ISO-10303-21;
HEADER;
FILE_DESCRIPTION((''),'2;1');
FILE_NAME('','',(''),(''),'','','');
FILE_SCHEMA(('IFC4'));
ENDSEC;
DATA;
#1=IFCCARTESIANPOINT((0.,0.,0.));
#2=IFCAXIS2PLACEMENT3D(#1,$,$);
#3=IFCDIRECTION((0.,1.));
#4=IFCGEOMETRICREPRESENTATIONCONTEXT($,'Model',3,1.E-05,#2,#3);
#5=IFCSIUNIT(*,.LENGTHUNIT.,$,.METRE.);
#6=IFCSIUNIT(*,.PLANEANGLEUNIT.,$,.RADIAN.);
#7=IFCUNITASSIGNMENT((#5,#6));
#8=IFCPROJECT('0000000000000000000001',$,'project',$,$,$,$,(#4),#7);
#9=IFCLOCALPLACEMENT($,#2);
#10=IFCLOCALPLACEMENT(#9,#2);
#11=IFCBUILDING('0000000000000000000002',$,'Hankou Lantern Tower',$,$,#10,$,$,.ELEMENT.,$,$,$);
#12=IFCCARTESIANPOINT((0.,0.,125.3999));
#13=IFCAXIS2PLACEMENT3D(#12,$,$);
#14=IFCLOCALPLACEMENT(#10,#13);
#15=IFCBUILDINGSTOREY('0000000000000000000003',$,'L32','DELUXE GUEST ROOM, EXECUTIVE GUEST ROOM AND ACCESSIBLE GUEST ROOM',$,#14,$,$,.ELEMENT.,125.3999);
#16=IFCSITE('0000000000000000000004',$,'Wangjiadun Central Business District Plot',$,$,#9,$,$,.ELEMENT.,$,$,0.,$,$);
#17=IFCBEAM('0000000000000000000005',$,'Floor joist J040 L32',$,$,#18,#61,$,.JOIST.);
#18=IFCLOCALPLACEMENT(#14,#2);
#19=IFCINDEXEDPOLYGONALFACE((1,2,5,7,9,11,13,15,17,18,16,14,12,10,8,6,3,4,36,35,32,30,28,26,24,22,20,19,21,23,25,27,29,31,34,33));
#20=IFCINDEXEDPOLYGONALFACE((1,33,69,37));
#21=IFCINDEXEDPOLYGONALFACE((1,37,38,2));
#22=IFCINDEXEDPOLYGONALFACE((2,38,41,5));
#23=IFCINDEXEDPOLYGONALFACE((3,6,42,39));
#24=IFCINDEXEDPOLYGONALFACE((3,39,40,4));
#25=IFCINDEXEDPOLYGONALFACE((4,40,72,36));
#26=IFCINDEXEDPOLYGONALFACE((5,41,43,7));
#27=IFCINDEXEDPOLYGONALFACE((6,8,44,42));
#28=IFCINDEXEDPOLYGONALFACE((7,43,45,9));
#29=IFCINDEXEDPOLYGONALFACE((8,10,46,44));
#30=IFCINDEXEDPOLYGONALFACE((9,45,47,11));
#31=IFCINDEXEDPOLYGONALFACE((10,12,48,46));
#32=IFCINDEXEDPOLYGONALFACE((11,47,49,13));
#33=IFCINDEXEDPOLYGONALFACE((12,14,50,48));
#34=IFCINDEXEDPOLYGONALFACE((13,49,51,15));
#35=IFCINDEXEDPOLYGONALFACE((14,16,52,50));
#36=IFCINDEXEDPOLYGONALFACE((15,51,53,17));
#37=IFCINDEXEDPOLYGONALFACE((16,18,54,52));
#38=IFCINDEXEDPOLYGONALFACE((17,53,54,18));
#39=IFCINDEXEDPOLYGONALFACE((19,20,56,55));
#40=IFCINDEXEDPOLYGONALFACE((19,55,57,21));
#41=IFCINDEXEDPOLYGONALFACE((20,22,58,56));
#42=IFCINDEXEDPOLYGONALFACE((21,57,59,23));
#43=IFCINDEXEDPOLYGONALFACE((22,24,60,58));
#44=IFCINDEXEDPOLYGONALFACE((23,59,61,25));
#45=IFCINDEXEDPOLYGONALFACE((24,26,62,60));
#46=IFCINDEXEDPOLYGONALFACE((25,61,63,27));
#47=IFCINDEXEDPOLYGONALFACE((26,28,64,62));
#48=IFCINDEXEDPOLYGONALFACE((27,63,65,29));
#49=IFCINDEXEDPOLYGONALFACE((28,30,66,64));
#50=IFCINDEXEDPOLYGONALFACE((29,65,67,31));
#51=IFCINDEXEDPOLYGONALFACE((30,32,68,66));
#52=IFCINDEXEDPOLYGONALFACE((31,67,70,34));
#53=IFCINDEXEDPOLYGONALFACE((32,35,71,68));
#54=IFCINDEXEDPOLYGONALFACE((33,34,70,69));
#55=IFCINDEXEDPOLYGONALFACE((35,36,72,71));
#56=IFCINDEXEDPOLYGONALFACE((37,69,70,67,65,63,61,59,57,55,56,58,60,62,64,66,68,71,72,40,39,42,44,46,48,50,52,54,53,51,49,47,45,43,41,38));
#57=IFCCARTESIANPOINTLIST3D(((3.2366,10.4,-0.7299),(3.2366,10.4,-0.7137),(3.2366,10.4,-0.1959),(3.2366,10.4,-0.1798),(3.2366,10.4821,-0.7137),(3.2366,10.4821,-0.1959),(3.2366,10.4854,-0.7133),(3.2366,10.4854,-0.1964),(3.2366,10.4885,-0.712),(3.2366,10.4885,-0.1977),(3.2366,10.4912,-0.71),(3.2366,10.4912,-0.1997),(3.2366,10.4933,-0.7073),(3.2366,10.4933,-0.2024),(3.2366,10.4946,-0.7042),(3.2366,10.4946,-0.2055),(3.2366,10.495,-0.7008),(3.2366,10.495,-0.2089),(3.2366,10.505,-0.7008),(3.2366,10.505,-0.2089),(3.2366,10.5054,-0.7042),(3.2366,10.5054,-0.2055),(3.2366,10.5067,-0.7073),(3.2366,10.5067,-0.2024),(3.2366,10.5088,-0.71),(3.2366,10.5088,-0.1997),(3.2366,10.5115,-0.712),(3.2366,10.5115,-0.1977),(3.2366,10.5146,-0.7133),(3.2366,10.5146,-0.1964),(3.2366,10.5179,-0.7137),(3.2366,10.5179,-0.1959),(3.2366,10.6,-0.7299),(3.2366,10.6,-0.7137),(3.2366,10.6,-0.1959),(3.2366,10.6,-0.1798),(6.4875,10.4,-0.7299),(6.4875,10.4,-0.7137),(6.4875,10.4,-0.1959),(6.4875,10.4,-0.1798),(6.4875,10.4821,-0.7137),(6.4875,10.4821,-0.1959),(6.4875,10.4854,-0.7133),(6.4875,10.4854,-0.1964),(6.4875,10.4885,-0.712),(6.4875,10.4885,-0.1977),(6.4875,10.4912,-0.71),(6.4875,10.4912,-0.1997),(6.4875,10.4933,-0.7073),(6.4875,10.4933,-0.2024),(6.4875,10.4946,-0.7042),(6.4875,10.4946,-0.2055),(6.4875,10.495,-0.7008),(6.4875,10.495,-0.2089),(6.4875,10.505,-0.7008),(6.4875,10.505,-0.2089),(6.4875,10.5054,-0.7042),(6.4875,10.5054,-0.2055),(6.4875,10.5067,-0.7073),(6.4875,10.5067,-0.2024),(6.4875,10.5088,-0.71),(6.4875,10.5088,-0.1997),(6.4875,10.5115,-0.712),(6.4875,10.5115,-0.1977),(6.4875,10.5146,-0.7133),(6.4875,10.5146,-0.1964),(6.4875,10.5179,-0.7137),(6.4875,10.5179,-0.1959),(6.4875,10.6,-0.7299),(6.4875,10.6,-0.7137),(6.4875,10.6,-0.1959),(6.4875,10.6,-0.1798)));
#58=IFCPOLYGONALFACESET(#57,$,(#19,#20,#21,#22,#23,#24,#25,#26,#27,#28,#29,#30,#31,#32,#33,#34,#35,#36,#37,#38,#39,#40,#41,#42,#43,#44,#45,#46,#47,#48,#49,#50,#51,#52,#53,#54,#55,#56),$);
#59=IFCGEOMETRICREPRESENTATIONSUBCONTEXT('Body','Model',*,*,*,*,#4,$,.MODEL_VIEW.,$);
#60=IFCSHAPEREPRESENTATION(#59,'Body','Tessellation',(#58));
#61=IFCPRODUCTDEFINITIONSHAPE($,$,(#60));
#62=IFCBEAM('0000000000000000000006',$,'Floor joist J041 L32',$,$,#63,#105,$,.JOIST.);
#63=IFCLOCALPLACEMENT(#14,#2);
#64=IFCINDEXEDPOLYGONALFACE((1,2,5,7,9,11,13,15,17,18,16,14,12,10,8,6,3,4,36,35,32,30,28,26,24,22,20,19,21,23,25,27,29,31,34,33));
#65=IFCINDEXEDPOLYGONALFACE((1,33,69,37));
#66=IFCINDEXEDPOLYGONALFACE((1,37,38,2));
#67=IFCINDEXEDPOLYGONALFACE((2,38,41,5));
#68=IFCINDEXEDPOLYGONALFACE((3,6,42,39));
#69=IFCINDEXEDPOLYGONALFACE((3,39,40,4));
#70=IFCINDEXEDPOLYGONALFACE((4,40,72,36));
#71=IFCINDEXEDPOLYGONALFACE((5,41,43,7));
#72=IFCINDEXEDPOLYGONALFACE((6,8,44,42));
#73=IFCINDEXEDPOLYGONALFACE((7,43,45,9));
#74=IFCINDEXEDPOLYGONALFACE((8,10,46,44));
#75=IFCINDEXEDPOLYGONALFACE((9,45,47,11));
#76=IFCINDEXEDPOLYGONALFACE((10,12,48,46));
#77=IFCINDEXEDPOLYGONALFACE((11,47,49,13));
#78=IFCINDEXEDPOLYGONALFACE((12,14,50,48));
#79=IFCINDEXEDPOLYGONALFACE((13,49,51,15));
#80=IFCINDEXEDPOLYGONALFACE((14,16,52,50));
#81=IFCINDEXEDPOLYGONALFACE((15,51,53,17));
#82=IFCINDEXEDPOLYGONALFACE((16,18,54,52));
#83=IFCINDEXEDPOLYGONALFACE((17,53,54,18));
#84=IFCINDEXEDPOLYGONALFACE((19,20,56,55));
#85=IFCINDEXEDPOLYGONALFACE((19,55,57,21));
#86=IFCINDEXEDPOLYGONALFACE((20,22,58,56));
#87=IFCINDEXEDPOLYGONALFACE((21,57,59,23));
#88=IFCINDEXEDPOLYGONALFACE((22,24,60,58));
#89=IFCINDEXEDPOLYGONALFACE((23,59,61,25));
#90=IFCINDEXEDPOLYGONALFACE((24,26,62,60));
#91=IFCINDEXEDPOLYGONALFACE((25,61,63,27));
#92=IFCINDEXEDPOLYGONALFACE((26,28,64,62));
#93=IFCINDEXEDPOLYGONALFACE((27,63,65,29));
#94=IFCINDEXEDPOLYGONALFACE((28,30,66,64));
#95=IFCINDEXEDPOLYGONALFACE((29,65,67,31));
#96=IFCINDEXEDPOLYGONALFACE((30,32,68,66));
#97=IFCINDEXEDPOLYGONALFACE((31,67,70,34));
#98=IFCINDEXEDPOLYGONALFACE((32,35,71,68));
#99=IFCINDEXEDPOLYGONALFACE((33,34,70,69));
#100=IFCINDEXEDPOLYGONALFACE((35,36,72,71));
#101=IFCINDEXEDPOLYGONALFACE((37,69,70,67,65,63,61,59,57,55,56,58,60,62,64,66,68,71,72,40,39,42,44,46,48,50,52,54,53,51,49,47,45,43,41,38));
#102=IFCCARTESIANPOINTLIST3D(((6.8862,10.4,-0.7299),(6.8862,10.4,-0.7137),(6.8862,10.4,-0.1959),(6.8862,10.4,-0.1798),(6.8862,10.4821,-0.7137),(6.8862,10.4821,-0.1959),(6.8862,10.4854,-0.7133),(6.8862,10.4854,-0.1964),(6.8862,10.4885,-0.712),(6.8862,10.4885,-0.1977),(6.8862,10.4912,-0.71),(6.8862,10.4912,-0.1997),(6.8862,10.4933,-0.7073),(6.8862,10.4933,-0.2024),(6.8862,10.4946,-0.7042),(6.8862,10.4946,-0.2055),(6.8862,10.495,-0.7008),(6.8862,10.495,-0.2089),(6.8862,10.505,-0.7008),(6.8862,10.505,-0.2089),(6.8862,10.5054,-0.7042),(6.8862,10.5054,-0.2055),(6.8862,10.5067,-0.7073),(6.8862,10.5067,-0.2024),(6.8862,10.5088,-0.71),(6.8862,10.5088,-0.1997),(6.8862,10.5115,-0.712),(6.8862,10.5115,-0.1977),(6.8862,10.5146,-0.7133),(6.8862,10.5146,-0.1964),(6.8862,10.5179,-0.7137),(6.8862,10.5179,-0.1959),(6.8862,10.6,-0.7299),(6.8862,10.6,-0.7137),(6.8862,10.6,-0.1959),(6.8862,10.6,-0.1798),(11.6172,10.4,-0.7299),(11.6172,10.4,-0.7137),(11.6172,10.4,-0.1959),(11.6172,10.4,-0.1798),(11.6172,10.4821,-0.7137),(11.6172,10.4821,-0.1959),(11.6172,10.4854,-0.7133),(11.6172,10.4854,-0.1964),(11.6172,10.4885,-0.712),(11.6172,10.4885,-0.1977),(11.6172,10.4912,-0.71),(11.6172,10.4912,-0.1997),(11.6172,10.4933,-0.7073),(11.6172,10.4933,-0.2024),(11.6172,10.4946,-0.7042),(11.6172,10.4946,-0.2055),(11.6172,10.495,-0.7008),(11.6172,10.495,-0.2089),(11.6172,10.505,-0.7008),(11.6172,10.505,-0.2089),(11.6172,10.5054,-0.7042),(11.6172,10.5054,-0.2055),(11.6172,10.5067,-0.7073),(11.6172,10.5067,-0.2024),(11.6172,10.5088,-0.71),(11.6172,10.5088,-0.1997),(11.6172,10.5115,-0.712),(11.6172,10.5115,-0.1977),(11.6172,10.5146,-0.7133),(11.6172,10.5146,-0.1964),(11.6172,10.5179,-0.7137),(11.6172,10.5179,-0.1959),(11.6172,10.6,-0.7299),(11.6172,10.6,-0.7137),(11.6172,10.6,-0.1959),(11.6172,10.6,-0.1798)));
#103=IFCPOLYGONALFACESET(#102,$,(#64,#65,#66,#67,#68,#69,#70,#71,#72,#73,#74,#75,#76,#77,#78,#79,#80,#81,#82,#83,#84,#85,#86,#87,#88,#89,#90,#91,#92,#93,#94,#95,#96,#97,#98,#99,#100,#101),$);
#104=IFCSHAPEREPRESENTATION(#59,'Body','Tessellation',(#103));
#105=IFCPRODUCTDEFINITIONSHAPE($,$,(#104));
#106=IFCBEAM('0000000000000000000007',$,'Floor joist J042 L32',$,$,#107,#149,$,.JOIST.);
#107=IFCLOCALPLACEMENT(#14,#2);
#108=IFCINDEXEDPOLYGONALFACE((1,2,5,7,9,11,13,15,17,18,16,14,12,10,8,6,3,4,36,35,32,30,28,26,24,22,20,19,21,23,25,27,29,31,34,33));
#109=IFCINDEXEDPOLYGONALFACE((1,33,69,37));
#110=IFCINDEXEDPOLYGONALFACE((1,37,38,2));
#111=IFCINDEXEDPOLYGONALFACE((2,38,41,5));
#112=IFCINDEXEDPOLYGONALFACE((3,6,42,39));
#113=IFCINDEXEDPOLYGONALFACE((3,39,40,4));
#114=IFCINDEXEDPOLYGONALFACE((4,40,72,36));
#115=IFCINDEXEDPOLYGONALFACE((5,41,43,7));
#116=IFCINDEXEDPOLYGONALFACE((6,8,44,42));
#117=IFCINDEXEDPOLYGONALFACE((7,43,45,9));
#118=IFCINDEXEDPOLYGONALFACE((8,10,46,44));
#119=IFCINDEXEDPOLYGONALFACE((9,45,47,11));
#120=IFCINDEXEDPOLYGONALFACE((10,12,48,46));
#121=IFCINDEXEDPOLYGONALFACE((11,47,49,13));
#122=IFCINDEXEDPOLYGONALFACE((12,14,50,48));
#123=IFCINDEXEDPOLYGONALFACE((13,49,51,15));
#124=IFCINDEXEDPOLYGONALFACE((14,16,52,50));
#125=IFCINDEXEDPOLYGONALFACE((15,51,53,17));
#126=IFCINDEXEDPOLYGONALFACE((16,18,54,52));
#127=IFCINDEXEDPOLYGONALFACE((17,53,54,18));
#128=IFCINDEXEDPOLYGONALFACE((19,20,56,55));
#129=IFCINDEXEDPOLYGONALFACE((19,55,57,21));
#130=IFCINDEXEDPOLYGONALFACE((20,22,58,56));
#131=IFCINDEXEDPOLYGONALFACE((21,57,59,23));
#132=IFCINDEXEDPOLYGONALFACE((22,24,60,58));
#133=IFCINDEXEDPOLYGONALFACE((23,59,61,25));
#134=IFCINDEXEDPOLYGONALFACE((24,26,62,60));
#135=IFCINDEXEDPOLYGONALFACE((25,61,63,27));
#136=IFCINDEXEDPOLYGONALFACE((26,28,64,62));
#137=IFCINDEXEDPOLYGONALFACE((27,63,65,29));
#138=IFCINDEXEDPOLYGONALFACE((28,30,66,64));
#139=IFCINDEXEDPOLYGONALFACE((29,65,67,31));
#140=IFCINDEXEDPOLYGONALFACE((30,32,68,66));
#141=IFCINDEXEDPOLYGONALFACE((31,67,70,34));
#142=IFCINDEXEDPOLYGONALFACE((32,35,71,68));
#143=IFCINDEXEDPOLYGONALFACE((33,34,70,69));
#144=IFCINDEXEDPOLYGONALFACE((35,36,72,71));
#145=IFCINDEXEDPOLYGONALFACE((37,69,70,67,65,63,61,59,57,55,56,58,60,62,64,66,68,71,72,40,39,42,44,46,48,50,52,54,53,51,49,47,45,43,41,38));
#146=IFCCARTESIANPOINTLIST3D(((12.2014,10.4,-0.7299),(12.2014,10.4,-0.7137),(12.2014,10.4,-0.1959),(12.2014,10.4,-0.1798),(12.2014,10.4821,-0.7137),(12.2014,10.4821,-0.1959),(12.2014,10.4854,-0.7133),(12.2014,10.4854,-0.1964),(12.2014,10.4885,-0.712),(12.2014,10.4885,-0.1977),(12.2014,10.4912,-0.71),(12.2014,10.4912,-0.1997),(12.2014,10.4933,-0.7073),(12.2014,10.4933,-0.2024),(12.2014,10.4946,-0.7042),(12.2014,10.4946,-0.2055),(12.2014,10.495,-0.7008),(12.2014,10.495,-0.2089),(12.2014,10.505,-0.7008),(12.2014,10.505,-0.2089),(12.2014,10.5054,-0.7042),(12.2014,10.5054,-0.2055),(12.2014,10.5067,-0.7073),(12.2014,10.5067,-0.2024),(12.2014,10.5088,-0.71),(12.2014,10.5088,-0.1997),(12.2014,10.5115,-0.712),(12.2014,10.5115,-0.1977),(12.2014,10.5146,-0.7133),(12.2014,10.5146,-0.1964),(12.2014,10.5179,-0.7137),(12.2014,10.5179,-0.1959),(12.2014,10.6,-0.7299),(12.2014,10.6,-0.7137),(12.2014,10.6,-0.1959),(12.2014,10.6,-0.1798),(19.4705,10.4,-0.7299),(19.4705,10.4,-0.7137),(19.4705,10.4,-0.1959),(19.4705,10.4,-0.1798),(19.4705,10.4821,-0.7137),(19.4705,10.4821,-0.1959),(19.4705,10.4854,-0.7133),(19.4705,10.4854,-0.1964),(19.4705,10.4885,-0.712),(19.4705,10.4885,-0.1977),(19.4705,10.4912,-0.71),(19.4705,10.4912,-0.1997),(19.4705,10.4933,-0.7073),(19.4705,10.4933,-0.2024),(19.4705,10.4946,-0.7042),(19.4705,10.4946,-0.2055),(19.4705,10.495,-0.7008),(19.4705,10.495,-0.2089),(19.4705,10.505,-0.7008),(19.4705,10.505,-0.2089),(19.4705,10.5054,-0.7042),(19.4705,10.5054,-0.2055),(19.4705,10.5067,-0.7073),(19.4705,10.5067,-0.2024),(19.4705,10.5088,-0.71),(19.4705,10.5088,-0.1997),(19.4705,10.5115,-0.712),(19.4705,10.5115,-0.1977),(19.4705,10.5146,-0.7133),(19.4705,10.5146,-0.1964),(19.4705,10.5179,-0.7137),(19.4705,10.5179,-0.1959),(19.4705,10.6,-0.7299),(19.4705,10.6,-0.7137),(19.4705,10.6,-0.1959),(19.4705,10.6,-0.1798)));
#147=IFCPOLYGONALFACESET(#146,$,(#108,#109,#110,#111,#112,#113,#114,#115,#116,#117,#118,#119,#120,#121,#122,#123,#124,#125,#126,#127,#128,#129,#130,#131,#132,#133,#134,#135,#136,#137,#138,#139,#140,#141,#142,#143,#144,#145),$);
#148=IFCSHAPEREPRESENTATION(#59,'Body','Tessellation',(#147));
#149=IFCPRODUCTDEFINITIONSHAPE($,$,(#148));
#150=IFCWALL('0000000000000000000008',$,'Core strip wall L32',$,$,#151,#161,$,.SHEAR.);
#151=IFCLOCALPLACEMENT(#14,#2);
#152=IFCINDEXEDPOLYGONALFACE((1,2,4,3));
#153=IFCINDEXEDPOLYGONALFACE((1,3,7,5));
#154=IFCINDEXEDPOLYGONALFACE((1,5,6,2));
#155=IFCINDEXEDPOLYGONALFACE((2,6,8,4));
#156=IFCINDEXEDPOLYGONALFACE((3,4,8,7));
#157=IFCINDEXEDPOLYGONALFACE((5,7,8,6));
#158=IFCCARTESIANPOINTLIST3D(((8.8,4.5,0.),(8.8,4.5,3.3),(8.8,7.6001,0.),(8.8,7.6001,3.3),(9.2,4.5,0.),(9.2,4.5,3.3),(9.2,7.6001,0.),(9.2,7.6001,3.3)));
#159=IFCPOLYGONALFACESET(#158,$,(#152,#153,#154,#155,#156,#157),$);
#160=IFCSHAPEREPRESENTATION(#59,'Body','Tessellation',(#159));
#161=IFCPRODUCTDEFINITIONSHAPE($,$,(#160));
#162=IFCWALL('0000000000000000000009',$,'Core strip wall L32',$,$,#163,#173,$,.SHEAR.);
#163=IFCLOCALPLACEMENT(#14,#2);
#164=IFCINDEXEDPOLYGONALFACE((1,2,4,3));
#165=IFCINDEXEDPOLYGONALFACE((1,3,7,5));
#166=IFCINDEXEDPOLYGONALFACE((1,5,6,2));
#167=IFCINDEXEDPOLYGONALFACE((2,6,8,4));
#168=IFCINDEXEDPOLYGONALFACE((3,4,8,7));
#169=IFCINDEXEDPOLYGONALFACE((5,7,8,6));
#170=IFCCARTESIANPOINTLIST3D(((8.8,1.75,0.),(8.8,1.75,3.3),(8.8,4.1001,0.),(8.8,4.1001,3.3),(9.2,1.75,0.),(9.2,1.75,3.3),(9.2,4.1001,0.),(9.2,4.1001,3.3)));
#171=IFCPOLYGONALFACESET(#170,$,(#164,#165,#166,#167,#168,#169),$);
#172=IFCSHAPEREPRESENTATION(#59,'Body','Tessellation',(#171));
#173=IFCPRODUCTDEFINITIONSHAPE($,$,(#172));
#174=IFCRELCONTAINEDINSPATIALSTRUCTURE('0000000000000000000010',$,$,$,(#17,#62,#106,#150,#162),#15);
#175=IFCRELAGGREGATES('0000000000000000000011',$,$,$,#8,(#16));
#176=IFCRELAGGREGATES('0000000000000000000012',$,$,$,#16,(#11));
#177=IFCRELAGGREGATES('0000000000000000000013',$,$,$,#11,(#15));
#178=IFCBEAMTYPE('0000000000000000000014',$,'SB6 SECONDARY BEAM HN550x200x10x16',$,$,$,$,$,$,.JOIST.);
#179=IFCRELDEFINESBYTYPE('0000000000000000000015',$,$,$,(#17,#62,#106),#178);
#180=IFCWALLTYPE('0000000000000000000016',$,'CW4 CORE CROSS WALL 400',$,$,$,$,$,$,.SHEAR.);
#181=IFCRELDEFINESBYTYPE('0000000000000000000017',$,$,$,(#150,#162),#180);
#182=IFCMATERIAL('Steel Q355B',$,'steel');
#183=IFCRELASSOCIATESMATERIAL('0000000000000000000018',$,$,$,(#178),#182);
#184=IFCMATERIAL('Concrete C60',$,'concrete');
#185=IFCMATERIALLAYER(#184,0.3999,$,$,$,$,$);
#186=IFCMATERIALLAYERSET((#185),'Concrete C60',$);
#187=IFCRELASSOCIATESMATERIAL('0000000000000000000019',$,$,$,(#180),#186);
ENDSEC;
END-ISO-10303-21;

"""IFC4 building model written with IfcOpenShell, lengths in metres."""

from ifc_helpers import new_model, si_unit, direction, frame, frame_2d, origin, origin_2d, place, context, subcontext, project, spatial, rectangle, i_section, extrude, material, layer, layer_set, material_profile, profile_set, type_object, element, save


model = new_model("IFC4")

# Units and contexts
model_context = context("Model", 3, precision=1e-05, world=origin(), true_north=direction((0.0, 1.0)))
body_context = subcontext(model_context, "Body", "Model", "MODEL_VIEW")
ifc_project = project(units=[si_unit("LENGTHUNIT", "METRE"), si_unit("PLANEANGLEUNIT", "RADIAN")], contexts=[model_context])

# Site, building, storey
site_placement = place(None, origin())
site = spatial("IfcSite", under=ifc_project, at=site_placement, Name="Wangjiadun Central Business District Plot", CompositionType="ELEMENT", RefElevation=0.0)
building_placement = place(site_placement, origin())
building = spatial("IfcBuilding", under=site, at=building_placement, Name="Hankou Lantern Tower", CompositionType="ELEMENT")
storey_placement = place(building_placement, frame((0.0, 0.0, 125.3999)))
storey = spatial("IfcBuildingStorey", under=building, at=storey_placement, Name="L32", Description="DELUXE GUEST ROOM, EXECUTIVE GUEST ROOM AND ACCESSIBLE GUEST ROOM", CompositionType="ELEMENT", Elevation=125.3999)

# Beams
ifc_material_1 = material(Name="Steel Q355B", Category="steel")
ifc_material_profile_1 = material_profile(ifc_material_1, i_section(OverallWidth=0.2, OverallDepth=0.55, WebThickness=0.01, FlangeThickness=0.0161, FilletRadius=0.0129, at=origin_2d()), Name="HN550x200x10x16")
ifc_profile_set_1 = profile_set([ifc_material_profile_1], Name="Steel Q355B")
beam_type_1 = type_object("IfcBeamType", Name="SB6 SECONDARY BEAM HN550x200x10x16", PredefinedType="JOIST", material=ifc_profile_set_1)
beam_1_placement = place(storey_placement, frame((3.2366, 10.5, -0.4548), z_axis=(1.0, 0.0, 0.0), x_axis=(0.0, 1.0, 0.0)))
element("IfcBeam", 1, at=beam_1_placement, inside=storey, type_object=beam_type_1, Name="Floor joist J040 L32", PredefinedType="JOIST", context=body_context, shape_type="SweptSolid", body=[
    extrude(i_section(OverallWidth=0.2, OverallDepth=0.55, WebThickness=0.01, FlangeThickness=0.0161, FilletRadius=0.0129, at=origin_2d()), origin(), (0.0, 0.0, 1.0), 3.251),
])
beam_2_placement = place(storey_placement, frame((6.8862, 10.5, -0.4548), z_axis=(1.0, 0.0, 0.0), x_axis=(0.0, 1.0, 0.0)))
element("IfcBeam", 2, at=beam_2_placement, inside=storey, type_object=beam_type_1, Name="Floor joist J041 L32", PredefinedType="JOIST", context=body_context, shape_type="SweptSolid", body=[
    extrude(i_section(OverallWidth=0.2, OverallDepth=0.55, WebThickness=0.01, FlangeThickness=0.0161, FilletRadius=0.0129, at=origin_2d()), origin(), (0.0, 0.0, 1.0), 4.731),
])
beam_3_placement = place(storey_placement, frame((12.2014, 10.5, -0.4548), z_axis=(1.0, 0.0, 0.0), x_axis=(0.0, 1.0, 0.0)))
element("IfcBeam", 3, at=beam_3_placement, inside=storey, type_object=beam_type_1, Name="Floor joist J042 L32", PredefinedType="JOIST", context=body_context, shape_type="SweptSolid", body=[
    extrude(i_section(OverallWidth=0.2, OverallDepth=0.55, WebThickness=0.01, FlangeThickness=0.0161, FilletRadius=0.0129, at=origin_2d()), origin(), (0.0, 0.0, 1.0), 7.269),
])

# Walls
ifc_material_2 = material(Name="Concrete C60", Category="concrete")
ifc_layer_1 = layer(ifc_material_2, 0.3999)
ifc_layer_set_1 = layer_set([ifc_layer_1], Name="Concrete C60")
wall_type_1 = type_object("IfcWallType", Name="CW4 CORE CROSS WALL 400", PredefinedType="SHEAR", material=ifc_layer_set_1)
wall_1_placement = place(storey_placement, frame((9.0, 4.5, 0.0), z_axis=(0.0, 0.0, 1.0), x_axis=(0.0, 1.0, 0.0)))
element("IfcWall", 4, at=wall_1_placement, inside=storey, type_object=wall_type_1, Name="Core strip wall L32", PredefinedType="SHEAR", context=body_context, shape_type="SweptSolid", body=[
    extrude(rectangle(XDim=3.1001, YDim=0.3999, at=frame_2d((1.55, 0.0))), origin(), (0.0, 0.0, 1.0), 3.3),
])
wall_2_placement = place(storey_placement, frame((9.0, 1.75, 0.0), z_axis=(0.0, 0.0, 1.0), x_axis=(0.0, 1.0, 0.0)))
element("IfcWall", 5, at=wall_2_placement, inside=storey, type_object=wall_type_1, Name="Core strip wall L32", PredefinedType="SHEAR", context=body_context, shape_type="SweptSolid", body=[
    extrude(rectangle(XDim=2.3501, YDim=0.3999, at=frame_2d((1.175, 0.0))), origin(), (0.0, 0.0, 1.0), 3.3),
])

save(model, "model.ifc")
